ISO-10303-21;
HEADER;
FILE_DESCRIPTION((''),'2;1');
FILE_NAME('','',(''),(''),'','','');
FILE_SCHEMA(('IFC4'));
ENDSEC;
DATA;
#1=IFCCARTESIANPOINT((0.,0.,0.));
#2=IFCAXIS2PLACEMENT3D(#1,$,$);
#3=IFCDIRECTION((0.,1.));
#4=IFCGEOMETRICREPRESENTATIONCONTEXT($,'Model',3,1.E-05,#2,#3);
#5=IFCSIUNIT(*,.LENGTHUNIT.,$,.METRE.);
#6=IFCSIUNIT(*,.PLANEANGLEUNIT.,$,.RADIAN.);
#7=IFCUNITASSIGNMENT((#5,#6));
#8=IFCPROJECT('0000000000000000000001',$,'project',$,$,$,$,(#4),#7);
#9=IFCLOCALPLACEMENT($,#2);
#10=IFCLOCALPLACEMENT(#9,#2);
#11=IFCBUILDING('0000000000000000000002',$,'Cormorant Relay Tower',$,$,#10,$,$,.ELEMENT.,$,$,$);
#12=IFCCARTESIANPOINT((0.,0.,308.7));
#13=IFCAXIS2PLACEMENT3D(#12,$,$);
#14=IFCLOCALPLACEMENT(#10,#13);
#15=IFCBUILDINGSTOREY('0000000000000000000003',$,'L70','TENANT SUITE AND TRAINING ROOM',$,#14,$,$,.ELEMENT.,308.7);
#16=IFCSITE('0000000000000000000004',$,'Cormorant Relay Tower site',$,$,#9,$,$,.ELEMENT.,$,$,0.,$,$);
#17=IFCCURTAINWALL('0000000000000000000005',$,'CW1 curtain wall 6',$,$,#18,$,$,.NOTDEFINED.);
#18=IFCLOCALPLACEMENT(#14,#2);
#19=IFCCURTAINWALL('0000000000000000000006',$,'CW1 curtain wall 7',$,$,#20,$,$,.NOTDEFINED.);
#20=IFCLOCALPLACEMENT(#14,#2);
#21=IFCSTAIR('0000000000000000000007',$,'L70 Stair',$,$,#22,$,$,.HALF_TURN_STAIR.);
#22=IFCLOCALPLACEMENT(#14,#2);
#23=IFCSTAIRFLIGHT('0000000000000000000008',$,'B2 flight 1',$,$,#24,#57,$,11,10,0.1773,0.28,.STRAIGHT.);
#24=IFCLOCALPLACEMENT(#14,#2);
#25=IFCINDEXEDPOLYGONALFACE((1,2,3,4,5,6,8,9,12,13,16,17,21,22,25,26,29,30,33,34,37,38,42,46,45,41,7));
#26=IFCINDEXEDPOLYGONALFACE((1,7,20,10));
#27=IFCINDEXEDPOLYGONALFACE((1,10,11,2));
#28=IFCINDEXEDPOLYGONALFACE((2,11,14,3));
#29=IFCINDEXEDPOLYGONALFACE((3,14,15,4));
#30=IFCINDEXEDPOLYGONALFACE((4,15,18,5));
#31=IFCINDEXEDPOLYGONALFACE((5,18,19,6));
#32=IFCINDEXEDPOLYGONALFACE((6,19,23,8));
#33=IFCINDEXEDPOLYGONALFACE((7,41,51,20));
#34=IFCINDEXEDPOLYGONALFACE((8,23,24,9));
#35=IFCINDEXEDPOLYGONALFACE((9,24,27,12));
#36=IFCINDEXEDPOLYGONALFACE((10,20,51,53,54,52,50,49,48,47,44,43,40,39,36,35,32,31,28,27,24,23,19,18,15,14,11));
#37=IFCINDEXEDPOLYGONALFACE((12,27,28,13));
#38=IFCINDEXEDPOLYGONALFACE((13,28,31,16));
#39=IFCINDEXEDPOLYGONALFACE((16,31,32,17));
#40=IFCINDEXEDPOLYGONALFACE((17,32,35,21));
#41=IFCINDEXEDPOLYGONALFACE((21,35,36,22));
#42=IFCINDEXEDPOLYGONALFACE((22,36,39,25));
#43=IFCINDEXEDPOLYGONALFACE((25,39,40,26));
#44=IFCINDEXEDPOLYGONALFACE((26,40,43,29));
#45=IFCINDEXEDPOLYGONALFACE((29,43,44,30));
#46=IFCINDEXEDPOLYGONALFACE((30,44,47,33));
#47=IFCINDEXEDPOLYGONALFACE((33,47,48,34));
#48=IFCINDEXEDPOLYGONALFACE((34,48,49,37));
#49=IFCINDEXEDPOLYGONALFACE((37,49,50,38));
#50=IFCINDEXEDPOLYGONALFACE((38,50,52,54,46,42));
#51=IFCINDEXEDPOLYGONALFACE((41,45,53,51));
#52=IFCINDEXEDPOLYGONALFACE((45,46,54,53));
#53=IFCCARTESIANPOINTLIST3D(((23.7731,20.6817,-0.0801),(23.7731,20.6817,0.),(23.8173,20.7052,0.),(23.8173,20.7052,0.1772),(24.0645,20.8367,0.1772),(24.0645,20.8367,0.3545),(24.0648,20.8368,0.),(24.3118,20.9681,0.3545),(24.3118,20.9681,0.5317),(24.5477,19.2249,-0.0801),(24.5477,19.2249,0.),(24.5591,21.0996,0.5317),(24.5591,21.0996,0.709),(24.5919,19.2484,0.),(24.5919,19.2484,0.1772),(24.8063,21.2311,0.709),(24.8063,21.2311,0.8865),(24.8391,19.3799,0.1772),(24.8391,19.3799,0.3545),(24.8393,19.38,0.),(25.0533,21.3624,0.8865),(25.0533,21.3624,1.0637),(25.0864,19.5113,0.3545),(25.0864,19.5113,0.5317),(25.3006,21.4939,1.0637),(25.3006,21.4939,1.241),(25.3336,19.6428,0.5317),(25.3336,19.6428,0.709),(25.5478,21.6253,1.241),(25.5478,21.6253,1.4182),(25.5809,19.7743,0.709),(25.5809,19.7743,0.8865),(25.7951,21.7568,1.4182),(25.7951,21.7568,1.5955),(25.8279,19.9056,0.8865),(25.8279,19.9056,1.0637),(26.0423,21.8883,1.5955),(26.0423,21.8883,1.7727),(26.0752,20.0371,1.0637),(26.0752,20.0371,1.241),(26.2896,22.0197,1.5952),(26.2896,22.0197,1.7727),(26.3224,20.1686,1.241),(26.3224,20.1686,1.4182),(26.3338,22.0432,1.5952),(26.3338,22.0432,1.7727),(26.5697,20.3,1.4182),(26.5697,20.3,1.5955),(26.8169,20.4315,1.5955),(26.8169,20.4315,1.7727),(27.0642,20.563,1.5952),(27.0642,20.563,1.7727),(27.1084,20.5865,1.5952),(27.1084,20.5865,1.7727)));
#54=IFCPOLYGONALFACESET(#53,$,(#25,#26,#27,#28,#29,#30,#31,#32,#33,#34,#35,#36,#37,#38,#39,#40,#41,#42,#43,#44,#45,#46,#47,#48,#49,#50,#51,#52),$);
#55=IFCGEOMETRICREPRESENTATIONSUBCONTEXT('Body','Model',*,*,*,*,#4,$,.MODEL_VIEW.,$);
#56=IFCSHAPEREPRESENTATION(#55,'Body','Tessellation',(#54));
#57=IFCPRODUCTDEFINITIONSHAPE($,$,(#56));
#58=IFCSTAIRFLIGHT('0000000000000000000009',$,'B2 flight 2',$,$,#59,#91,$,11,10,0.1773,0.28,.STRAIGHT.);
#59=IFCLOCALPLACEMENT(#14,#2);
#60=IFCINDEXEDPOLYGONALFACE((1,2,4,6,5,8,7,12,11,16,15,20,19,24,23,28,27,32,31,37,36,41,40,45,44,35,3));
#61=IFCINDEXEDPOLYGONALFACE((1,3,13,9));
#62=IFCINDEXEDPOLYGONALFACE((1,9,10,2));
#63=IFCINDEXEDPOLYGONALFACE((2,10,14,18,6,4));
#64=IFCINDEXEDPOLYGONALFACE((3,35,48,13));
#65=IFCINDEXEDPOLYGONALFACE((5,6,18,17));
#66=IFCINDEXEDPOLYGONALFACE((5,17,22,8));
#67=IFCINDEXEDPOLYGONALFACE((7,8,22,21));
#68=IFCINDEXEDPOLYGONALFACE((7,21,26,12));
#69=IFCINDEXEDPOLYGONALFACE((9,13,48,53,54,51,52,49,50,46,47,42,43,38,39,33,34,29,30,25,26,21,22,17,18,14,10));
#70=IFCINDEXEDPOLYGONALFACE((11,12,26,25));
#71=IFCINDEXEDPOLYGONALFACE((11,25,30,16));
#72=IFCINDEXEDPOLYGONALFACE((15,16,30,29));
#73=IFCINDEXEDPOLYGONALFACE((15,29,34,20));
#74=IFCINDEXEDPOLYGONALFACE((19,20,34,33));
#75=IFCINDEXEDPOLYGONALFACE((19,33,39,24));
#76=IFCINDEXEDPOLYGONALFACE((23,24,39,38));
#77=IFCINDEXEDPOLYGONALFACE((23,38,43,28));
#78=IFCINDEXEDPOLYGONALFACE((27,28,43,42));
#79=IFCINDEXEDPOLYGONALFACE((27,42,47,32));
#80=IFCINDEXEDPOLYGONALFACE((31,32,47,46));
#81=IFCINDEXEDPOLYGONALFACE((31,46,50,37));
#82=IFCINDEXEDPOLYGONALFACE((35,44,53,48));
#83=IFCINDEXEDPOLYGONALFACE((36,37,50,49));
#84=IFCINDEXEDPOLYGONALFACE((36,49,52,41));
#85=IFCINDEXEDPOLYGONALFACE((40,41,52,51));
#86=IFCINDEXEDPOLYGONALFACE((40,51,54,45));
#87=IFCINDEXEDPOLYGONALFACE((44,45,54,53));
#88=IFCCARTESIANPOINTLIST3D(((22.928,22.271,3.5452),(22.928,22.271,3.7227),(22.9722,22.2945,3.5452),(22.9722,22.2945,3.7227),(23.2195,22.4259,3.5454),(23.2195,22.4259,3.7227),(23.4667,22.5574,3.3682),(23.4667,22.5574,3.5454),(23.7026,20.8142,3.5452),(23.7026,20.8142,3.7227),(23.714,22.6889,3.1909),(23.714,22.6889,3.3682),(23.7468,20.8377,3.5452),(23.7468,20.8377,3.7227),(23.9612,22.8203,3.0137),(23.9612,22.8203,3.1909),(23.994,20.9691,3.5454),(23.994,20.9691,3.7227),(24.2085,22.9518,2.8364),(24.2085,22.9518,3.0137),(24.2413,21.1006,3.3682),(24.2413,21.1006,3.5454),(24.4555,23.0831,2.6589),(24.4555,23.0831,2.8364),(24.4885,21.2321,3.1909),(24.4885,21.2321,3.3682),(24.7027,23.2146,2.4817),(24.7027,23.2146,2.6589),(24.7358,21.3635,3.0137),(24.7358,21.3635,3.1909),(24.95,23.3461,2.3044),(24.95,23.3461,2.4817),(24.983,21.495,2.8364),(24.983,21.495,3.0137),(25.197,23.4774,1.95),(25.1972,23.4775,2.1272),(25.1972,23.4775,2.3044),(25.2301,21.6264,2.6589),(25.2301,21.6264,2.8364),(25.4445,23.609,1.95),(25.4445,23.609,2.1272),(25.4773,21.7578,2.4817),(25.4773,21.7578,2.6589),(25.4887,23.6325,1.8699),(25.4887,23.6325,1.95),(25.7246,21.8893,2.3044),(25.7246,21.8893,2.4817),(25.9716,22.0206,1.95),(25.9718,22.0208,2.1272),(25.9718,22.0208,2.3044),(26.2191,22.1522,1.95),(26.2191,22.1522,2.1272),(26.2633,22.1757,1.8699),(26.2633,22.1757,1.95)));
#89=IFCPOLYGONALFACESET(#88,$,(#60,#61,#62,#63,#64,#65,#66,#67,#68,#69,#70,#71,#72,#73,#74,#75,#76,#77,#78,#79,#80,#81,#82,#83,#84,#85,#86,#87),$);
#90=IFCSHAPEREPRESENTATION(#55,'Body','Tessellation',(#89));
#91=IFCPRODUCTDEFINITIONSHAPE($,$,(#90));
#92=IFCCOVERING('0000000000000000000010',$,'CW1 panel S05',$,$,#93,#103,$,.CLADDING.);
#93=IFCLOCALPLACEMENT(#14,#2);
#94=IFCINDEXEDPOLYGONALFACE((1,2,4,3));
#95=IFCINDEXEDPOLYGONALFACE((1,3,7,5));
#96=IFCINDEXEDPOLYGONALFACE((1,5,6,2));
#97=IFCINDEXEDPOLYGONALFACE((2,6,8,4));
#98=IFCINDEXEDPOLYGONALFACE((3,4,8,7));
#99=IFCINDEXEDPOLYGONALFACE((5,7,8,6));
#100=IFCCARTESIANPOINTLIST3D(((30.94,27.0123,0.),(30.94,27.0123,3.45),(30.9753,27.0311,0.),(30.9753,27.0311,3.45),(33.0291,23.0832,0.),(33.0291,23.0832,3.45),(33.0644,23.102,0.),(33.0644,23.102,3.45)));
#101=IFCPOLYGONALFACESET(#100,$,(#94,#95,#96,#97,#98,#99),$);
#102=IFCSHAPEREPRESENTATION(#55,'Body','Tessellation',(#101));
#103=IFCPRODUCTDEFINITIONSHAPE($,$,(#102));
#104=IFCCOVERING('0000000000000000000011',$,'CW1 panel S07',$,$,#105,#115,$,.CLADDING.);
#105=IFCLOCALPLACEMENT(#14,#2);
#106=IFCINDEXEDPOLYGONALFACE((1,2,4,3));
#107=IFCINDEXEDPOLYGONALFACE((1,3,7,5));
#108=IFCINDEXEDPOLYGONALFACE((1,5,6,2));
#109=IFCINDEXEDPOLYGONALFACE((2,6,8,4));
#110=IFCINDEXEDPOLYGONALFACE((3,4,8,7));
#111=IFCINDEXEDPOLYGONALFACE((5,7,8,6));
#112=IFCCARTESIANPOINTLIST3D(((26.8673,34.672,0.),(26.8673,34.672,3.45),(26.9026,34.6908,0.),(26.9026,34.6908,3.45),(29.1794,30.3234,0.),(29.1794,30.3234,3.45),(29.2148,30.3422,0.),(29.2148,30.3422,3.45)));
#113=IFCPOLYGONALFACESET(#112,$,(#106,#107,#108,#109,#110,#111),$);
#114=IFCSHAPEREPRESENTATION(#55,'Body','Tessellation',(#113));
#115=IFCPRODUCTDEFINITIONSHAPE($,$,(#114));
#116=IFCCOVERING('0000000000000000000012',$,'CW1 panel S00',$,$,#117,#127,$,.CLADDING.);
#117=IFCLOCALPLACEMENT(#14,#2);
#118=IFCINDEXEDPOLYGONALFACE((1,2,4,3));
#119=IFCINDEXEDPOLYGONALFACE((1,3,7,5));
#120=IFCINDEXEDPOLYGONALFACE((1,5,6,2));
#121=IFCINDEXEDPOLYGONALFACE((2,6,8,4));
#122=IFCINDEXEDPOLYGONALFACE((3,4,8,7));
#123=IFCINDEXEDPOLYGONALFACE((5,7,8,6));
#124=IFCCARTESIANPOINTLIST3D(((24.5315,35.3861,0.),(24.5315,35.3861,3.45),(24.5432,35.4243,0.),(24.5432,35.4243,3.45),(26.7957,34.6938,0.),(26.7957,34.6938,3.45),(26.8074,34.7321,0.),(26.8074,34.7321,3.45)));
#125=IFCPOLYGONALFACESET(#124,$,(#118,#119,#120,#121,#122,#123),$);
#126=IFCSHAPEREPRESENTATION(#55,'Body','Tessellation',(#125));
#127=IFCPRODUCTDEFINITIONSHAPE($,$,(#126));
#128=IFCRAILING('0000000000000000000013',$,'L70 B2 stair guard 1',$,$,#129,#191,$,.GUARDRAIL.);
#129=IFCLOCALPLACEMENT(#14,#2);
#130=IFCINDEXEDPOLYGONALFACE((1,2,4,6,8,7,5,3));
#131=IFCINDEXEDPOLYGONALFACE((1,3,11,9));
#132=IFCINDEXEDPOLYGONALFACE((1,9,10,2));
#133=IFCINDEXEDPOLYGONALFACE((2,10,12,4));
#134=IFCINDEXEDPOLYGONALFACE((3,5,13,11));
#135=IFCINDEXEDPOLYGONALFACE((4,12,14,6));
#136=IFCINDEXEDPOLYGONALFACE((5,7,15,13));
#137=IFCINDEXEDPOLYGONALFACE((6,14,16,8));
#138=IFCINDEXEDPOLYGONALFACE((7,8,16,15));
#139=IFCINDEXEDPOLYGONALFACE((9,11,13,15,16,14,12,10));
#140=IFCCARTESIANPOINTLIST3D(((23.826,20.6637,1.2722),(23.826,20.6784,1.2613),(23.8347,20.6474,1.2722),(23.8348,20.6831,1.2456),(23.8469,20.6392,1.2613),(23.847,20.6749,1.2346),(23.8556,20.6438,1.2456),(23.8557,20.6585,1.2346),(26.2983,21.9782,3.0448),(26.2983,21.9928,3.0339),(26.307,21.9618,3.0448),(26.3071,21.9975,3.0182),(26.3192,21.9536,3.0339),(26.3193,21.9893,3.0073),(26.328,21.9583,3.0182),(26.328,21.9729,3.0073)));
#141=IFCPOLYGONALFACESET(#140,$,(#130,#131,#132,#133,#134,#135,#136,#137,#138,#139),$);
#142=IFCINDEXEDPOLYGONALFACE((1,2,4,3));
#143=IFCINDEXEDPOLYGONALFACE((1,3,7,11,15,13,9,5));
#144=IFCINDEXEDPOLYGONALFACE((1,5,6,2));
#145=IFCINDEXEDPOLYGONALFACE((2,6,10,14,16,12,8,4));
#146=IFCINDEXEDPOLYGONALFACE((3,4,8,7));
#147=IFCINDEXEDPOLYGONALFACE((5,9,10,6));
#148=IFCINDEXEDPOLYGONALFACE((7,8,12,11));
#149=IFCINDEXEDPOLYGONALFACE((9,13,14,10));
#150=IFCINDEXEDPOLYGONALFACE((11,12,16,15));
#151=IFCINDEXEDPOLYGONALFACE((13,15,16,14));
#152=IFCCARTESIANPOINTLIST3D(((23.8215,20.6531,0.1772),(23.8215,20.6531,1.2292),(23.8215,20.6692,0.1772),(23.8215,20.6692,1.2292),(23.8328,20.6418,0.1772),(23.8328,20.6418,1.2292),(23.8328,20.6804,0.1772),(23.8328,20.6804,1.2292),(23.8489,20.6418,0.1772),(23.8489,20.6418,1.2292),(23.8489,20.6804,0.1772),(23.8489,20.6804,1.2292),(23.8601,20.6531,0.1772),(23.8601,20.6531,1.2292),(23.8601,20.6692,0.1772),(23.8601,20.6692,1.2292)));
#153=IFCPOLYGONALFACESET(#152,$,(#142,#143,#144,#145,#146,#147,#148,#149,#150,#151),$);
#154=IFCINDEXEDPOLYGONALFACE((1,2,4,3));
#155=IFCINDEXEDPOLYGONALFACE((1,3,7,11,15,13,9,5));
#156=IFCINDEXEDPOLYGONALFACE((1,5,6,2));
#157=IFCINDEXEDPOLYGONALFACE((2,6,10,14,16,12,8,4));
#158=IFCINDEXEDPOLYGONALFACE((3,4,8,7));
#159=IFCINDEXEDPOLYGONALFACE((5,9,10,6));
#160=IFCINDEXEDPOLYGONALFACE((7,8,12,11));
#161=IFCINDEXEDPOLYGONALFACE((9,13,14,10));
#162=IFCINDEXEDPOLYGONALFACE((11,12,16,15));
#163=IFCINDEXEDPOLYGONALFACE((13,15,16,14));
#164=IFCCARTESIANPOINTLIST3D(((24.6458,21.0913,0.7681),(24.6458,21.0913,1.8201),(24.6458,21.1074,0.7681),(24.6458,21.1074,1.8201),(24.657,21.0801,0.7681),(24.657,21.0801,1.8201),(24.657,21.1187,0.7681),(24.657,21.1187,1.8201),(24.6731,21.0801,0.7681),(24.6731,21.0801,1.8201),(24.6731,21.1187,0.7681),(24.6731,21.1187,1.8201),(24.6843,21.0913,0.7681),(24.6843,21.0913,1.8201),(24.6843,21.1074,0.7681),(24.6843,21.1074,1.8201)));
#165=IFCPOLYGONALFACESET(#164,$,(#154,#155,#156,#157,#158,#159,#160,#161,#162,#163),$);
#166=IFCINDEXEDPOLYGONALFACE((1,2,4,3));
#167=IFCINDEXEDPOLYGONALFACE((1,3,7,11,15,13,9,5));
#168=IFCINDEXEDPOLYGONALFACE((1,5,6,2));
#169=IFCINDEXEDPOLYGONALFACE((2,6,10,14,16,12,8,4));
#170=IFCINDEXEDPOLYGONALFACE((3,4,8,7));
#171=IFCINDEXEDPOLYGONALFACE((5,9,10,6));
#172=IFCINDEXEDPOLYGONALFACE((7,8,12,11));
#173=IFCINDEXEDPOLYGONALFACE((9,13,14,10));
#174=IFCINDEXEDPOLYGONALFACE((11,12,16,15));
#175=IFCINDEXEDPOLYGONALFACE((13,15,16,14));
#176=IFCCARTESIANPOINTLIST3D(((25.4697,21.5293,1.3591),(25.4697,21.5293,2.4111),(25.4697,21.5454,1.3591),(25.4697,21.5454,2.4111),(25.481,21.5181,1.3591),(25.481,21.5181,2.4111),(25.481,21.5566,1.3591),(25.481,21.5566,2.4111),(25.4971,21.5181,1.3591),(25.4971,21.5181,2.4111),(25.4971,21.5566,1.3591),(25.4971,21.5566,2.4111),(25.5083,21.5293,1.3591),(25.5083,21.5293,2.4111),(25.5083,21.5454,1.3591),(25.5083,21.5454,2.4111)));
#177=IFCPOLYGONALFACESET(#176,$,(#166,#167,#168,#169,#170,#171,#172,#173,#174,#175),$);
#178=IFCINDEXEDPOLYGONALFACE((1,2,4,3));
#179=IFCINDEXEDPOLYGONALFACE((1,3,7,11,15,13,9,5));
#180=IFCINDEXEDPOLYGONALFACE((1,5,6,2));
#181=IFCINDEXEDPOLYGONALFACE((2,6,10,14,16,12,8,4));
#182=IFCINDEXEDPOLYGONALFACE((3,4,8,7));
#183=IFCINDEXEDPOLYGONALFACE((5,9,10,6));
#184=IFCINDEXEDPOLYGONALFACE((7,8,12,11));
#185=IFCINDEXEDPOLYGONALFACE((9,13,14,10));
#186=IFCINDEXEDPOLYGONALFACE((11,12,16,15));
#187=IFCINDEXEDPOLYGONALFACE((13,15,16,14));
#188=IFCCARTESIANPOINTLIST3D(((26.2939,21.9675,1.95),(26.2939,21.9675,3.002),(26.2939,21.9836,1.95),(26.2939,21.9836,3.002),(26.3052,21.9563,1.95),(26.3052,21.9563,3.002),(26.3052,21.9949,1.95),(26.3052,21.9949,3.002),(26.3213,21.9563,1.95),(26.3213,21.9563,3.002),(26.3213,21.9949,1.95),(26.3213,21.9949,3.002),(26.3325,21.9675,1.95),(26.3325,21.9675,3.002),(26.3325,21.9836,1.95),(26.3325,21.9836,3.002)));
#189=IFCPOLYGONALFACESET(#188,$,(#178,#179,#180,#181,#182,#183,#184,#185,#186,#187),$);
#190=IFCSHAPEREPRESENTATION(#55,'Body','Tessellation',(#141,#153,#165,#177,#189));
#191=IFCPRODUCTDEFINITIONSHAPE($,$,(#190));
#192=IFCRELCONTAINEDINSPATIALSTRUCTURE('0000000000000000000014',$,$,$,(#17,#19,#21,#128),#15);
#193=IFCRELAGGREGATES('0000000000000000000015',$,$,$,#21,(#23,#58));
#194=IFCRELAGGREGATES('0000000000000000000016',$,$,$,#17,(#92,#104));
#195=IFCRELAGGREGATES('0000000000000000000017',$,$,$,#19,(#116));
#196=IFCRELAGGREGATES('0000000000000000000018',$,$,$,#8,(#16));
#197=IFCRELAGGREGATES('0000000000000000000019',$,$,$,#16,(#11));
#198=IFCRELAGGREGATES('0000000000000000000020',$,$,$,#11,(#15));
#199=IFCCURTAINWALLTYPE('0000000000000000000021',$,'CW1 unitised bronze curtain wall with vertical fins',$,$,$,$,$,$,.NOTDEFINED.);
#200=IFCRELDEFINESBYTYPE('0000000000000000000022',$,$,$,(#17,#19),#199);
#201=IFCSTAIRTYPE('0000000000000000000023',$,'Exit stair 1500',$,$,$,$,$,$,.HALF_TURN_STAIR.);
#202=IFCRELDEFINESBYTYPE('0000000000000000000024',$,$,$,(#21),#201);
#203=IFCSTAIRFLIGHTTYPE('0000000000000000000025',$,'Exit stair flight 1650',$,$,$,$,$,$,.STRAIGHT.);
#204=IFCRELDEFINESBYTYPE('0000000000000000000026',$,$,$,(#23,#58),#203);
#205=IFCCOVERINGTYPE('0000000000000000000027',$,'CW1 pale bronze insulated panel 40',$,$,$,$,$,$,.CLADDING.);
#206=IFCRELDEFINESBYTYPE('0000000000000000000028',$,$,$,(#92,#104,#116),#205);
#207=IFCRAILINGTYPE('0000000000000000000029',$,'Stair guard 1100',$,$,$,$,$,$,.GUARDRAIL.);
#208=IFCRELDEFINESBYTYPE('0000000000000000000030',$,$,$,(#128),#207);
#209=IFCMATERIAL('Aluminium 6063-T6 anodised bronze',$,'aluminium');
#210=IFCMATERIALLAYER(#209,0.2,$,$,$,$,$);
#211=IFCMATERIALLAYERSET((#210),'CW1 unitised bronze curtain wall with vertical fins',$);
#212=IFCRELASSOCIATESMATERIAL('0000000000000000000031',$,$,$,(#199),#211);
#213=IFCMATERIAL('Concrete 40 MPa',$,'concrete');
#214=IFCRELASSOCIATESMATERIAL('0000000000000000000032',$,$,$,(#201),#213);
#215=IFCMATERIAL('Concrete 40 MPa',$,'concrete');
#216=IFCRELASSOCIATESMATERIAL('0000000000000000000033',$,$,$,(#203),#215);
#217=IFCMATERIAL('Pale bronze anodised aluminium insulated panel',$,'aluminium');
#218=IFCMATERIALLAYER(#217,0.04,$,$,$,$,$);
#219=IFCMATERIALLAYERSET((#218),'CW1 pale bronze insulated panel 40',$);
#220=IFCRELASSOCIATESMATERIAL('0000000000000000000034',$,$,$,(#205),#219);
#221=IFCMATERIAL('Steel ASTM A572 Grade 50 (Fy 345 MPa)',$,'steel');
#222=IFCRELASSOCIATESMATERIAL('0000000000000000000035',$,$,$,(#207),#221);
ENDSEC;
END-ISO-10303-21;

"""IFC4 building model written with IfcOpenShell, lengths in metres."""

from ifc_helpers import new_model, si_unit, direction, frame, origin, origin_2d, place, context, subcontext, project, spatial, polyline, rectangle, outline, extrude, material, layer, layer_set, type_object, element, aggregate, save


model = new_model("IFC4")

# Units and contexts
model_context = context("Model", 3, precision=1e-05, world=origin(), true_north=direction((0.0, 1.0)))
body_context = subcontext(model_context, "Body", "Model", "MODEL_VIEW")
ifc_project = project(units=[si_unit("LENGTHUNIT", "METRE"), si_unit("PLANEANGLEUNIT", "RADIAN")], contexts=[model_context])

# Site, building, storey
site_placement = place(None, origin())
site = spatial("IfcSite", under=ifc_project, at=site_placement, Name="Cormorant Relay Tower site", CompositionType="ELEMENT", RefElevation=0.0)
building_placement = place(site_placement, origin())
building = spatial("IfcBuilding", under=site, at=building_placement, Name="Cormorant Relay Tower", CompositionType="ELEMENT")
storey_placement = place(building_placement, frame((0.0, 0.0, 308.7)))
storey = spatial("IfcBuildingStorey", under=building, at=storey_placement, Name="L70", Description="TENANT SUITE AND TRAINING ROOM", CompositionType="ELEMENT", Elevation=308.7)

# Curtain walls
ifc_material_1 = material(Name="Aluminium 6063-T6 anodised bronze", Category="aluminium")
ifc_layer_1 = layer(ifc_material_1, 0.2)
ifc_layer_set_1 = layer_set([ifc_layer_1], Name="CW1 unitised bronze curtain wall with vertical fins")
curtain_wall_type = type_object("IfcCurtainWallType", Name="CW1 unitised bronze curtain wall with vertical fins", PredefinedType="NOTDEFINED", material=ifc_layer_set_1)
curtain_wall_1_placement = place(storey_placement, origin())
curtain_wall_1 = element("IfcCurtainWall", 1, at=curtain_wall_1_placement, inside=storey, type_object=curtain_wall_type, Name="CW1 curtain wall 6", PredefinedType="NOTDEFINED")
curtain_wall_2_placement = place(storey_placement, origin())
curtain_wall_2 = element("IfcCurtainWall", 2, at=curtain_wall_2_placement, inside=storey, type_object=curtain_wall_type, Name="CW1 curtain wall 7", PredefinedType="NOTDEFINED")

# Stair, stair flights
ifc_material_2 = material(Name="Concrete 40 MPa", Category="concrete")
stair_type = type_object("IfcStairType", Name="Exit stair 1500", PredefinedType="HALF_TURN_STAIR", material=ifc_material_2)
stair_placement = place(storey_placement, origin())
stair = element("IfcStair", 3, at=stair_placement, inside=storey, type_object=stair_type, Name="L70 Stair", PredefinedType="HALF_TURN_STAIR")
ifc_material_3 = material(Name="Concrete 40 MPa", Category="concrete")
stair_flight_type = type_object("IfcStairFlightType", Name="Exit stair flight 1650", PredefinedType="STRAIGHT", material=ifc_material_3)
stair_flight_1_placement = place(storey_placement, frame((24.2046, 19.9768, 0.0), z_axis=(0.0, 0.0, 1.0), x_axis=(0.882948, 0.469472, 0.0)))
stair_flight_1 = element("IfcStairFlight", 4, at=stair_flight_1_placement, type_object=stair_flight_type, Name="B2 flight 1", NumberOfRisers=11, NumberOfTreads=10, PredefinedType="STRAIGHT", RiserHeight=0.1773, TreadLength=0.28, context=body_context, shape_type="SweptSolid", body=[
    extrude(outline(polyline([(-0.05, -0.0801), (-0.05, 0.0), (0.0, 0.0), (0.0, 0.1772), (0.28, 0.1772), (0.28, 0.3545), (0.5601, 0.3545), (0.5601, 0.5317), (0.8401, 0.5317), (0.8401, 0.709), (1.1201, 0.709), (1.1201, 0.8865), (1.3999, 0.8865), (1.3999, 1.0637), (1.6799, 1.0637), (1.6799, 1.241), (1.96, 1.241), (1.96, 1.4182), (2.24, 1.4182), (2.24, 1.5955), (2.52, 1.5955), (2.52, 1.7727), (2.8, 1.7727), (2.8501, 1.7727), (2.8501, 1.5952), (2.8, 1.5952), (0.2803, 0.0), (-0.05, -0.0801)])), frame((0.0, 0.825, 0.0), z_axis=(0.0, -1.0, 0.0), x_axis=(1.0, 0.0, 0.0)), (0.0, 0.0, 1.0), 1.6499),
])
stair_flight_2_placement = place(storey_placement, frame((25.8318, 22.8806, 1.95), z_axis=(0.0, 0.0, 1.0), x_axis=(-0.882948, -0.469472, 0.0)))
stair_flight_2 = element("IfcStairFlight", 5, at=stair_flight_2_placement, type_object=stair_flight_type, Name="B2 flight 2", NumberOfRisers=11, NumberOfTreads=10, PredefinedType="STRAIGHT", RiserHeight=0.1773, TreadLength=0.28, context=body_context, shape_type="SweptSolid", body=[
    extrude(outline(polyline([(-0.05, -0.0801), (-0.05, 0.0), (0.0, 0.0), (0.0, 0.1772), (0.28, 0.1772), (0.28, 0.3545), (0.5601, 0.3545), (0.5601, 0.5317), (0.8401, 0.5317), (0.8401, 0.709), (1.1201, 0.709), (1.1201, 0.8865), (1.3999, 0.8865), (1.3999, 1.0637), (1.6799, 1.0637), (1.6799, 1.241), (1.96, 1.241), (1.96, 1.4182), (2.24, 1.4182), (2.24, 1.5955), (2.52, 1.5955), (2.52, 1.7727), (2.8, 1.7727), (2.8501, 1.7727), (2.8501, 1.5952), (2.8, 1.5952), (0.2803, 0.0), (-0.05, -0.0801)])), frame((0.0, 0.825, 0.0), z_axis=(0.0, -1.0, 0.0), x_axis=(1.0, 0.0, 0.0)), (0.0, 0.0, 1.0), 1.6499),
])
aggregate(stair, [stair_flight_1, stair_flight_2])

# Coverings
ifc_material_4 = material(Name="Pale bronze anodised aluminium insulated panel", Category="aluminium")
ifc_layer_2 = layer(ifc_material_4, 0.04)
ifc_layer_set_2 = layer_set([ifc_layer_2], Name="CW1 pale bronze insulated panel 40")
covering_type = type_object("IfcCoveringType", Name="CW1 pale bronze insulated panel 40", PredefinedType="CLADDING", material=ifc_layer_set_2)
covering_1_placement = place(storey_placement, frame((32.0022, 25.0571, 0.0), z_axis=(0.0, 0.0, 1.0), x_axis=(-0.469472, 0.882948, 0.0)))
covering_1 = element("IfcCovering", 6, at=covering_1_placement, type_object=covering_type, Name="CW1 panel S05", PredefinedType="CLADDING", context=body_context, shape_type="SweptSolid", body=[
    extrude(rectangle(XDim=4.45, YDim=0.04, at=origin_2d()), origin(), (0.0, 0.0, 1.0), 3.45),
])
covering_2_placement = place(storey_placement, frame((28.041, 32.5071, 0.0), z_axis=(0.0, 0.0, 1.0), x_axis=(-0.469472, 0.882948, 0.0)))
covering_2 = element("IfcCovering", 7, at=covering_2_placement, type_object=covering_type, Name="CW1 panel S07", PredefinedType="CLADDING", context=body_context, shape_type="SweptSolid", body=[
    extrude(rectangle(XDim=4.925, YDim=0.04, at=origin_2d()), origin(), (0.0, 0.0, 1.0), 3.45),
])
aggregate(curtain_wall_1, [covering_1, covering_2])
covering_3_placement = place(storey_placement, frame((25.6694, 35.0591, 0.0), z_axis=(0.0, 0.0, 1.0), x_axis=(-0.956305, 0.292372, 0.0)))
covering_3 = element("IfcCovering", 8, at=covering_3_placement, type_object=covering_type, Name="CW1 panel S00", PredefinedType="CLADDING", context=body_context, shape_type="SweptSolid", body=[
    extrude(rectangle(XDim=2.3677, YDim=0.04, at=origin_2d()), origin(), (0.0, 0.0, 1.0), 3.45),
])
aggregate(curtain_wall_2, [covering_3])

# Railing
ifc_material_5 = material(Name="Steel ASTM A572 Grade 50 (Fy 345 MPa)", Category="steel")
railing_type_1 = type_object("IfcRailingType", Name="Stair guard 1100", PredefinedType="GUARDRAIL", material=ifc_material_5)
railing_1_placement = place(storey_placement, frame((23.8408, 20.6611, 0.1772)))
element("IfcRailing", 9, at=railing_1_placement, inside=storey, type_object=railing_type_1, Name="L70 B2 stair guard 1", PredefinedType="GUARDRAIL", context=body_context, shape_type="SweptSolid", body=[
    extrude(outline(polyline([(0.0222, 0.0093), (0.0093, 0.0222), (-0.0093, 0.0222), (-0.0222, 0.0093), (-0.0222, -0.0093), (-0.0093, -0.0222), (0.0093, -0.0222), (0.0222, -0.0093), (0.0222, 0.0093)])), frame((0.0, 0.0, 1.0762), z_axis=(0.746034, 0.396627, 0.534902), x_axis=(-0.469429, 0.88297, 0.0)), (0.0, 0.0, 1.0), 3.314),
    extrude(outline(polyline([(0.0193, 0.0081), (0.0081, 0.0193), (-0.0081, 0.0193), (-0.0193, 0.0081), (-0.0193, -0.0081), (-0.0081, -0.0193), (0.0081, -0.0193), (0.0193, -0.0081), (0.0193, 0.0081)])), origin(), (0.0, 0.0, 1.0), 1.052),
    extrude(outline(polyline([(0.0193, 0.0081), (0.0081, 0.0193), (-0.0081, 0.0193), (-0.0193, 0.0081), (-0.0193, -0.0081), (-0.0081, -0.0193), (0.0081, -0.0193), (0.0193, -0.0081), (0.0193, 0.0081)])), frame((0.8242, 0.4382, 0.5908)), (0.0, 0.0, 1.0), 1.052),
    extrude(outline(polyline([(0.0193, 0.0081), (0.0081, 0.0193), (-0.0081, 0.0193), (-0.0193, 0.0081), (-0.0193, -0.0081), (-0.0081, -0.0193), (0.0081, -0.0193), (0.0193, -0.0081), (0.0193, 0.0081)])), frame((1.6482, 0.8762, 1.1819)), (0.0, 0.0, 1.0), 1.052),
    extrude(outline(polyline([(0.0193, 0.0081), (0.0081, 0.0193), (-0.0081, 0.0193), (-0.0193, 0.0081), (-0.0193, -0.0081), (-0.0081, -0.0193), (0.0081, -0.0193), (0.0193, -0.0081), (0.0193, 0.0081)])), frame((2.4724, 1.3145, 1.7727)), (0.0, 0.0, 1.0), 1.052),
])

save(model, "model.ifc")
